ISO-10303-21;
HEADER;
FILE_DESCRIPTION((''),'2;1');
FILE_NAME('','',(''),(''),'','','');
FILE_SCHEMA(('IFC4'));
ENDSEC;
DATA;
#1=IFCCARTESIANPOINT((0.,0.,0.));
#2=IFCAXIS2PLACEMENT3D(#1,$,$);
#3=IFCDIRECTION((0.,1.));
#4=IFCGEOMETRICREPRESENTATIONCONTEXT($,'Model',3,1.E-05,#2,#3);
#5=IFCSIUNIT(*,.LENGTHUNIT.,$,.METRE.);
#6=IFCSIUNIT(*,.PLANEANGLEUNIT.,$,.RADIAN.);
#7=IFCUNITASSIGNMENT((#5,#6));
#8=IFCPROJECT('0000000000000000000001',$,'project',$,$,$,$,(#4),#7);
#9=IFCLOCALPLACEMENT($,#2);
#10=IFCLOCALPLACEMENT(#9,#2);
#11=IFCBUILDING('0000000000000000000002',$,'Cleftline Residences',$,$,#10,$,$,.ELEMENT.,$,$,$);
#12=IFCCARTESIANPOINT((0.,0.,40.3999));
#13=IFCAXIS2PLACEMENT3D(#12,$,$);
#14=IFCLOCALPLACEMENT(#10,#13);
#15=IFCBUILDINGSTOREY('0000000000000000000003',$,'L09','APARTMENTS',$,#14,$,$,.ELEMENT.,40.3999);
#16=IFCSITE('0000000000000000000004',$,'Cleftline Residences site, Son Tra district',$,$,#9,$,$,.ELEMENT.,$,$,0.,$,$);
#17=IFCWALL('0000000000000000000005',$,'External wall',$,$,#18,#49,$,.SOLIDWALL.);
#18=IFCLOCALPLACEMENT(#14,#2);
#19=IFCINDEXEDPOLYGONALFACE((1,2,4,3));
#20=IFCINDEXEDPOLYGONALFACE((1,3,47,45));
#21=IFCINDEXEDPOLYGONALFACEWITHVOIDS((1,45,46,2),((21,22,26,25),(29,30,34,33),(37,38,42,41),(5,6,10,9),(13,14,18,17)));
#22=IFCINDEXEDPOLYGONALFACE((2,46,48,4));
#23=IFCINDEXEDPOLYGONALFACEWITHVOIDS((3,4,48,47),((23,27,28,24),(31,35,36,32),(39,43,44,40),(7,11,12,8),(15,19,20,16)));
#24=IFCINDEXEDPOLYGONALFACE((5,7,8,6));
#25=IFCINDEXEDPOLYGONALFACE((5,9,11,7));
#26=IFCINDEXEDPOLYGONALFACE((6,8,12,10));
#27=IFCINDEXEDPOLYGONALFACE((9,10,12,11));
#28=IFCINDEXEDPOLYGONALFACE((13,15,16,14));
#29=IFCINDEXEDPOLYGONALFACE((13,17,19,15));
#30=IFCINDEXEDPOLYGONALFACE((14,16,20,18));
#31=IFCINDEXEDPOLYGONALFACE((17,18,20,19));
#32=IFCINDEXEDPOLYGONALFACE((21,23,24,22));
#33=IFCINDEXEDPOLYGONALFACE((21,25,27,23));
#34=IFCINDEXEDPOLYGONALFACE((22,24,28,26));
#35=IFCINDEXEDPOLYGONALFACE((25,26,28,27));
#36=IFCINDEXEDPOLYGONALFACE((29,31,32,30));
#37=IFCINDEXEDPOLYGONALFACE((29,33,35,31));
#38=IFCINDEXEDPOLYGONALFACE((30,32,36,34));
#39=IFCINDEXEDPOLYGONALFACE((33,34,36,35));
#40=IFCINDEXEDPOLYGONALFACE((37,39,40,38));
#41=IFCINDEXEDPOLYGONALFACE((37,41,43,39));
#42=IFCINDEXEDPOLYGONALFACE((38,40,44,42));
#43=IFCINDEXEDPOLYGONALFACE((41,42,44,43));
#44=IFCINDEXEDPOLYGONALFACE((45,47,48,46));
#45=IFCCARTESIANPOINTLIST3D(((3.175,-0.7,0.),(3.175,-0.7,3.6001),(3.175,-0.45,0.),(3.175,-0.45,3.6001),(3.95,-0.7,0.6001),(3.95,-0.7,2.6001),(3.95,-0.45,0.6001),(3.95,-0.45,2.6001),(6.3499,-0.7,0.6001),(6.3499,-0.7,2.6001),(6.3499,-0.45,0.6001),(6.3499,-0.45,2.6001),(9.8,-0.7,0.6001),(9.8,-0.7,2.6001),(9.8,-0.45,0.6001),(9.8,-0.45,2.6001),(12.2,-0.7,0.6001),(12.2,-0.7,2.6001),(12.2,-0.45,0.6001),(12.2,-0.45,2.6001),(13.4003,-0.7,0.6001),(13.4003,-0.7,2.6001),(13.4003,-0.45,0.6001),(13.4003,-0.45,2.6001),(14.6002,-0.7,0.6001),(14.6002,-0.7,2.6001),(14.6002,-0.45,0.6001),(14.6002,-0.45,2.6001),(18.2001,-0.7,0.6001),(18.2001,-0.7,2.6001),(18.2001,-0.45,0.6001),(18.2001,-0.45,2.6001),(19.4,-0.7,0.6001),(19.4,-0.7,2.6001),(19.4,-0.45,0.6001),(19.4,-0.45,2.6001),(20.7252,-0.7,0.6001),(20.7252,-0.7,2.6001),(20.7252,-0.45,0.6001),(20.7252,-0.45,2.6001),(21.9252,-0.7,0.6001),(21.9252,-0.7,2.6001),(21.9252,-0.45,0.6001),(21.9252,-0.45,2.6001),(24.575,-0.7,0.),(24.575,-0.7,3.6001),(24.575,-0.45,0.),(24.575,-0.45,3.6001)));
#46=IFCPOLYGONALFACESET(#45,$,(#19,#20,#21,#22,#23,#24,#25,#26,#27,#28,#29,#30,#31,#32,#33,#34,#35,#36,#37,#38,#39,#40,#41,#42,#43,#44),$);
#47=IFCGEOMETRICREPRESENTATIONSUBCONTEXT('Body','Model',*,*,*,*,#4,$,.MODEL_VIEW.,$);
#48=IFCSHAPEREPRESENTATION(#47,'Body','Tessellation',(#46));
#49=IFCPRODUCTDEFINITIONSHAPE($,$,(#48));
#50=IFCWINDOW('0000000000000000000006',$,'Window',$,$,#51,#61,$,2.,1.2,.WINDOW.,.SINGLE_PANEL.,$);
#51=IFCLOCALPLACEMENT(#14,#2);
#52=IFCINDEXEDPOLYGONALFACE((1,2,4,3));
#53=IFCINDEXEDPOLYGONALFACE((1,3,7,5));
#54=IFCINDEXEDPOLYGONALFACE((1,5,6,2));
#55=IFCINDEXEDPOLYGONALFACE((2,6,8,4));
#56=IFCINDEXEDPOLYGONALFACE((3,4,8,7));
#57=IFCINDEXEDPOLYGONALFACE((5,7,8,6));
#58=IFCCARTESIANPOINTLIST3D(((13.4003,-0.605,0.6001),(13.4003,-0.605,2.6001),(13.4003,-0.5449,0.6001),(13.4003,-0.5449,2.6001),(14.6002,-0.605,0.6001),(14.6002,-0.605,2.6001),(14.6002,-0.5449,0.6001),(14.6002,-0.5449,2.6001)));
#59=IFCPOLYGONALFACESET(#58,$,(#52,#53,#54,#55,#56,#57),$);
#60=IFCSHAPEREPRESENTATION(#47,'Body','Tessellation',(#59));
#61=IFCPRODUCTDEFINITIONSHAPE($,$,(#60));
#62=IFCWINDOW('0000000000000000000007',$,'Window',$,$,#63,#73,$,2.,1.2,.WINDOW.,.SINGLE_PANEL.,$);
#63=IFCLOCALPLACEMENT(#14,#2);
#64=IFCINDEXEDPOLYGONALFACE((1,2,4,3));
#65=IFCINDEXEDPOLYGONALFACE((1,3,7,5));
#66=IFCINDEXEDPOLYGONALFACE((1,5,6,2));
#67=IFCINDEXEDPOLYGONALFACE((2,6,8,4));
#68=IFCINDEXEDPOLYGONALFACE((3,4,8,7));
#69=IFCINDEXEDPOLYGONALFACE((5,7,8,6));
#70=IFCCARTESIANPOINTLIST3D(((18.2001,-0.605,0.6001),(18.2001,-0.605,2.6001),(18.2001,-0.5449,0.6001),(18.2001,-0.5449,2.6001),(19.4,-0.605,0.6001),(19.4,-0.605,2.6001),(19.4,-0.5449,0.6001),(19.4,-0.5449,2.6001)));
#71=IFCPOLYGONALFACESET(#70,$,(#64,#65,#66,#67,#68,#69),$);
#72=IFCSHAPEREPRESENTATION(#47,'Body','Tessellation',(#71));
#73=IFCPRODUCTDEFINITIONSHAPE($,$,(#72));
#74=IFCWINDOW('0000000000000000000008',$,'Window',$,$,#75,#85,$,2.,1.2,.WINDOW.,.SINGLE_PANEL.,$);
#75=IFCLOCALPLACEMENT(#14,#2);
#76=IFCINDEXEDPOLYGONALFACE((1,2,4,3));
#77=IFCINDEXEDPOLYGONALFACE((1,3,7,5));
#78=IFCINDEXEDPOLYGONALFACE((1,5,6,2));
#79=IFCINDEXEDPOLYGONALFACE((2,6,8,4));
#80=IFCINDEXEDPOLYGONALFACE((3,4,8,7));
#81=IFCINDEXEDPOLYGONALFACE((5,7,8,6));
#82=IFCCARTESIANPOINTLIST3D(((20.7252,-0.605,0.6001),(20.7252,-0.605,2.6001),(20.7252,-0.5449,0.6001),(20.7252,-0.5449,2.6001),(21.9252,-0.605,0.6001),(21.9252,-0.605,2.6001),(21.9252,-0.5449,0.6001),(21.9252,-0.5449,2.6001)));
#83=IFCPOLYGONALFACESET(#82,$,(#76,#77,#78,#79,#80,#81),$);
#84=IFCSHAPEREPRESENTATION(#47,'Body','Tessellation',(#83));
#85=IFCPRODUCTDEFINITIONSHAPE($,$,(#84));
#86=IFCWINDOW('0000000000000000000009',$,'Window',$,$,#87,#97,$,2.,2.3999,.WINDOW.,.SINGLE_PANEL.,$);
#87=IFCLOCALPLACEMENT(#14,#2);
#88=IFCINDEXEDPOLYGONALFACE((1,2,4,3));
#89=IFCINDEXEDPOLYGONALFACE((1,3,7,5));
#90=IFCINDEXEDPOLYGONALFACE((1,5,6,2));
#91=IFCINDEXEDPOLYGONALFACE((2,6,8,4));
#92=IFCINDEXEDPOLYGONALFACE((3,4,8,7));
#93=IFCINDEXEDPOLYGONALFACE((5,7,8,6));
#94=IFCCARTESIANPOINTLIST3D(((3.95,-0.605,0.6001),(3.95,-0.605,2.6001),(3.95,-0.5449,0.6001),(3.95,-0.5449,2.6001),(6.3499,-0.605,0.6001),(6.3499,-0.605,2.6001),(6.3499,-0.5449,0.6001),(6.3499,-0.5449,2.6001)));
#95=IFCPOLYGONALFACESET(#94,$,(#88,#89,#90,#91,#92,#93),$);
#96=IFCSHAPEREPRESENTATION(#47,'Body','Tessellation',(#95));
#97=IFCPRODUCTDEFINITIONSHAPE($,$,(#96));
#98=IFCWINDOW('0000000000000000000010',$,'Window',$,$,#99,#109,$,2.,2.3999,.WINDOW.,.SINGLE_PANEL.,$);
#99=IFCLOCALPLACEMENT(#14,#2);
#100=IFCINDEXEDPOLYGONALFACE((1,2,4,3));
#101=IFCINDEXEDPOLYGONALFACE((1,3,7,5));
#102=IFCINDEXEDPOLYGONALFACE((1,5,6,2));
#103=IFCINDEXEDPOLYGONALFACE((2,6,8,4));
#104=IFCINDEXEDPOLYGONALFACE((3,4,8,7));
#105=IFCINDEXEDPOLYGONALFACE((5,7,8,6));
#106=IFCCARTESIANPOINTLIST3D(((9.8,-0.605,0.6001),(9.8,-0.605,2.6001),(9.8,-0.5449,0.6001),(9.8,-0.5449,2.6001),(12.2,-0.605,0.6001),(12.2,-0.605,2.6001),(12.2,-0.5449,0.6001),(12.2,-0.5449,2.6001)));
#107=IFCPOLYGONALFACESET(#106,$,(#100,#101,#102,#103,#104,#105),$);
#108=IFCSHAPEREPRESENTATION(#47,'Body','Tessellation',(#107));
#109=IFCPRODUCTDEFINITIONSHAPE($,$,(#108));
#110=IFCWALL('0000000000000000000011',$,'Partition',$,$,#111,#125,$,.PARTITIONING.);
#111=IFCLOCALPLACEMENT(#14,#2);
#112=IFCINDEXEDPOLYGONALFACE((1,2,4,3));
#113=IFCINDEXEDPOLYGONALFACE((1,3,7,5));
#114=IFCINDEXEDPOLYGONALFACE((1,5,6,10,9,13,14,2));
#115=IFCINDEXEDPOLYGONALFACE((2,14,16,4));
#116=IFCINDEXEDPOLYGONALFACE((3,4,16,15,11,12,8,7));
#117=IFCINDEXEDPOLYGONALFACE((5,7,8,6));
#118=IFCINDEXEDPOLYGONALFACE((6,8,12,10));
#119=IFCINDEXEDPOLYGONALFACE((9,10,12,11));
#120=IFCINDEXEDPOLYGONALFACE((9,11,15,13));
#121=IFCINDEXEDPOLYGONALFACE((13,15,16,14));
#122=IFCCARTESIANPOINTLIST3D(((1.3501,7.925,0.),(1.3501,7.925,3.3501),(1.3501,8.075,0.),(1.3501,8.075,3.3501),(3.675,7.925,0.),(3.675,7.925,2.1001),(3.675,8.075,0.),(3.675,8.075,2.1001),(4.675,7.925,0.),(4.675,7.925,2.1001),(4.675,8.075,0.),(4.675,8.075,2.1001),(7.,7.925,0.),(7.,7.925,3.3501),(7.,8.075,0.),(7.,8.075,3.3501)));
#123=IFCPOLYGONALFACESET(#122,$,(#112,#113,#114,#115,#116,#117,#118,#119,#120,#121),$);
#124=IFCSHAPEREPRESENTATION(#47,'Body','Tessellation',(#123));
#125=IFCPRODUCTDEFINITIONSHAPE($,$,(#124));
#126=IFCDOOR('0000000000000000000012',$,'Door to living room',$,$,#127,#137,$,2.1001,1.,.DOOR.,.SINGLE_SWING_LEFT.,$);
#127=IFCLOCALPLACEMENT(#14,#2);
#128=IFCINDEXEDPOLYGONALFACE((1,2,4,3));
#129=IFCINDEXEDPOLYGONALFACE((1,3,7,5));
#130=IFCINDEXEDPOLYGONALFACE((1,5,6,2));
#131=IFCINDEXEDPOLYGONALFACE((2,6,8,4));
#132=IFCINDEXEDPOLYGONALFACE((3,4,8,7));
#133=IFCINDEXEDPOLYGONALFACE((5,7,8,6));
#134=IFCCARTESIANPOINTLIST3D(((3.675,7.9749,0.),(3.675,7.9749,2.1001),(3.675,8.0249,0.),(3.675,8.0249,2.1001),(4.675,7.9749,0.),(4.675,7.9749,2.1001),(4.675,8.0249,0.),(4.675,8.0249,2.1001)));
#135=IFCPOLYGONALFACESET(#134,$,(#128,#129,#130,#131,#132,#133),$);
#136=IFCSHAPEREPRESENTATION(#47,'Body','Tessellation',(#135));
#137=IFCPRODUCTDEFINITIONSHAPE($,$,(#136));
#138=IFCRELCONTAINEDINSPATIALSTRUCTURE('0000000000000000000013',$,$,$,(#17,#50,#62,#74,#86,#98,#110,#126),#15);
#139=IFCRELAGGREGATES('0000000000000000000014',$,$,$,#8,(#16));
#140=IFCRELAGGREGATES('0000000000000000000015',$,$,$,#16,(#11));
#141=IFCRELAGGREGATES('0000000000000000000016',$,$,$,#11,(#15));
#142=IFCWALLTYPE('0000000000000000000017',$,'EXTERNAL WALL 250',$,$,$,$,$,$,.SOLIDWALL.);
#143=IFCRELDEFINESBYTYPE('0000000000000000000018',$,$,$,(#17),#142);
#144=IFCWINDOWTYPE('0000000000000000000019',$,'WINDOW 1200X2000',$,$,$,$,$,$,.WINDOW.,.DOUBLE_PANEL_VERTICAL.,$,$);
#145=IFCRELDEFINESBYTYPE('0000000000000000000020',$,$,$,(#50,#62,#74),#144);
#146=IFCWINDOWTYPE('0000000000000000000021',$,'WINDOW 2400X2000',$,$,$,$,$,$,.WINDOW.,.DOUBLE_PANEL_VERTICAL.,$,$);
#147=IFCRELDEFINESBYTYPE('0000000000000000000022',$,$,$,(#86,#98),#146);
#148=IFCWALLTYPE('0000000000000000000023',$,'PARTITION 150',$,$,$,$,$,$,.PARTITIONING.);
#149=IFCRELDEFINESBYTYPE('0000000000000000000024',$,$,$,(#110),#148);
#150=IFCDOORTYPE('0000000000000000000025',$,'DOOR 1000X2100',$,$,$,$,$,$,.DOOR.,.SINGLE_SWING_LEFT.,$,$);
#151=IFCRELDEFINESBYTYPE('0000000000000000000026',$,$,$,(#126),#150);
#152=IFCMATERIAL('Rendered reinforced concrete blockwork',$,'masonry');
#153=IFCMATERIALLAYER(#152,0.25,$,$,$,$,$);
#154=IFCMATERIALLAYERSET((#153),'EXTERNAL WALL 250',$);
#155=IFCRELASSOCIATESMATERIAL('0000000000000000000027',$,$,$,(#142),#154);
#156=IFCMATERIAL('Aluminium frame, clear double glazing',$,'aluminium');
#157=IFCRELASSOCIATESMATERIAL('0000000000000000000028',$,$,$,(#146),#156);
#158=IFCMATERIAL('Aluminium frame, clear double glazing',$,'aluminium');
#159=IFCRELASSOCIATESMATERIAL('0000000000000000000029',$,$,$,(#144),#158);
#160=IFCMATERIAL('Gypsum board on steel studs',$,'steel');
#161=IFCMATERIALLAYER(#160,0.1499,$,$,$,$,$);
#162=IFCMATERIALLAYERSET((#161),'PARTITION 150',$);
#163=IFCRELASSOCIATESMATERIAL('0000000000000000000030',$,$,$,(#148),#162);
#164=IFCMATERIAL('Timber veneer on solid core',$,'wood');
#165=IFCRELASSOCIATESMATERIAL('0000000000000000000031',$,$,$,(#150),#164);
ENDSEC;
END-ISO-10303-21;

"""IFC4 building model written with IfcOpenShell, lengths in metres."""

from ifc_helpers import new_model, si_unit, direction, frame, frame_2d, origin, place, context, subcontext, project, spatial, rectangle, extrude, material, layer, layer_set, type_object, element, fill, save


model = new_model("IFC4")

# Units and contexts
model_context = context("Model", 3, precision=1e-05, world=origin(), true_north=direction((0.0, 1.0)))
body_context = subcontext(model_context, "Body", "Model", "MODEL_VIEW")
ifc_project = project(units=[si_unit("LENGTHUNIT", "METRE"), si_unit("PLANEANGLEUNIT", "RADIAN")], contexts=[model_context])

# Site, building, storey
site_placement = place(None, origin())
site = spatial("IfcSite", under=ifc_project, at=site_placement, Name="Cleftline Residences site, Son Tra district", CompositionType="ELEMENT", RefElevation=0.0)
building_placement = place(site_placement, origin())
building = spatial("IfcBuilding", under=site, at=building_placement, Name="Cleftline Residences", CompositionType="ELEMENT")
storey_placement = place(building_placement, frame((0.0, 0.0, 40.3999)))
storey = spatial("IfcBuildingStorey", under=building, at=storey_placement, Name="L09", Description="APARTMENTS", CompositionType="ELEMENT", Elevation=40.3999)

# Shared definitions
ifc_material_1 = material(Name="Rendered reinforced concrete blockwork", Category="masonry")
ifc_layer_1 = layer(ifc_material_1, 0.25)
ifc_layer_set_1 = layer_set([ifc_layer_1], Name="EXTERNAL WALL 250")
wall_type_1 = type_object("IfcWallType", Name="EXTERNAL WALL 250", PredefinedType="SOLIDWALL", material=ifc_layer_set_1)
ifc_material_2 = material(Name="Aluminium frame, clear double glazing", Category="aluminium")
window_type_1 = type_object("IfcWindowType", Name="WINDOW 2400X2000", PartitioningType="DOUBLE_PANEL_VERTICAL", PredefinedType="WINDOW", material=ifc_material_2)

# Wall, openings, windows
wall_1_placement = place(storey_placement, frame((3.175, -0.575, 0.0), z_axis=(0.0, 0.0, 1.0), x_axis=(1.0, 0.0, 0.0)))
wall_1 = element("IfcWall", 1, at=wall_1_placement, inside=storey, type_object=wall_type_1, Name="External wall", PredefinedType="SOLIDWALL", context=body_context, shape_type="SweptSolid", body=[
    extrude(rectangle(XDim=21.3999, YDim=0.25, at=frame_2d((10.7, 0.0))), origin(), (0.0, 0.0, 1.0), 3.6001),
])
opening_1_placement = place(wall_1_placement, frame((0.7749, 0.0, 0.6001)))
opening_1 = element("IfcOpeningElement", 2, at=opening_1_placement, cuts=wall_1, PredefinedType="OPENING", context=body_context, shape_type="SweptSolid", body=[
    extrude(rectangle(XDim=2.3999, YDim=2.0, at=frame_2d((1.2, 1.0))), frame((0.0, 0.135, 0.0), z_axis=(0.0, -1.0, 0.0), x_axis=(1.0, 0.0, 0.0)), (0.0, 0.0, 1.0), 0.27),
])
opening_2_placement = place(wall_1_placement, frame((6.625, 0.0, 0.6001)))
opening_2 = element("IfcOpeningElement", 3, at=opening_2_placement, cuts=wall_1, PredefinedType="OPENING", context=body_context, shape_type="SweptSolid", body=[
    extrude(rectangle(XDim=2.3999, YDim=2.0, at=frame_2d((1.2, 1.0))), frame((0.0, 0.135, 0.0), z_axis=(0.0, -1.0, 0.0), x_axis=(1.0, 0.0, 0.0)), (0.0, 0.0, 1.0), 0.27),
])
opening_3_placement = place(wall_1_placement, frame((10.2251, 0.0, 0.6001)))
opening_3 = element("IfcOpeningElement", 4, at=opening_3_placement, cuts=wall_1, PredefinedType="OPENING", context=body_context, shape_type="SweptSolid", body=[
    extrude(rectangle(XDim=1.2, YDim=2.0, at=frame_2d((0.6001, 1.0))), frame((0.0, 0.135, 0.0), z_axis=(0.0, -1.0, 0.0), x_axis=(1.0, 0.0, 0.0)), (0.0, 0.0, 1.0), 0.27),
])
opening_4_placement = place(wall_1_placement, frame((15.0249, 0.0, 0.6001)))
opening_4 = element("IfcOpeningElement", 5, at=opening_4_placement, cuts=wall_1, PredefinedType="OPENING", context=body_context, shape_type="SweptSolid", body=[
    extrude(rectangle(XDim=1.2, YDim=2.0, at=frame_2d((0.6001, 1.0))), frame((0.0, 0.135, 0.0), z_axis=(0.0, -1.0, 0.0), x_axis=(1.0, 0.0, 0.0)), (0.0, 0.0, 1.0), 0.27),
])
opening_5_placement = place(wall_1_placement, frame((17.55, 0.0, 0.6001)))
opening_5 = element("IfcOpeningElement", 6, at=opening_5_placement, cuts=wall_1, PredefinedType="OPENING", context=body_context, shape_type="SweptSolid", body=[
    extrude(rectangle(XDim=1.2, YDim=2.0, at=frame_2d((0.6001, 1.0))), frame((0.0, 0.135, 0.0), z_axis=(0.0, -1.0, 0.0), x_axis=(1.0, 0.0, 0.0)), (0.0, 0.0, 1.0), 0.27),
])
ifc_material_3 = material(Name="Aluminium frame, clear double glazing", Category="aluminium")
window_type_2 = type_object("IfcWindowType", Name="WINDOW 1200X2000", PartitioningType="DOUBLE_PANEL_VERTICAL", PredefinedType="WINDOW", material=ifc_material_3)
window_1_placement = place(opening_3_placement, origin())
window_1 = element("IfcWindow", 7, at=window_1_placement, inside=storey, type_object=window_type_2, Name="Window", OverallHeight=2.0, OverallWidth=1.2, PartitioningType="SINGLE_PANEL", PredefinedType="WINDOW", context=body_context, shape_type="SweptSolid", body=[
    extrude(rectangle(XDim=1.2, YDim=2.0, at=frame_2d((0.6001, 1.0))), frame((0.0, 0.03, 0.0), z_axis=(0.0, -1.0, 0.0), x_axis=(1.0, 0.0, 0.0)), (0.0, 0.0, 1.0), 0.0601),
])
fill(opening_3, window_1)
window_2_placement = place(opening_4_placement, origin())
window_2 = element("IfcWindow", 8, at=window_2_placement, inside=storey, type_object=window_type_2, Name="Window", OverallHeight=2.0, OverallWidth=1.2, PartitioningType="SINGLE_PANEL", PredefinedType="WINDOW", context=body_context, shape_type="SweptSolid", body=[
    extrude(rectangle(XDim=1.2, YDim=2.0, at=frame_2d((0.6001, 1.0))), frame((0.0, 0.03, 0.0), z_axis=(0.0, -1.0, 0.0), x_axis=(1.0, 0.0, 0.0)), (0.0, 0.0, 1.0), 0.0601),
])
fill(opening_4, window_2)
window_3_placement = place(opening_5_placement, origin())
window_3 = element("IfcWindow", 9, at=window_3_placement, inside=storey, type_object=window_type_2, Name="Window", OverallHeight=2.0, OverallWidth=1.2, PartitioningType="SINGLE_PANEL", PredefinedType="WINDOW", context=body_context, shape_type="SweptSolid", body=[
    extrude(rectangle(XDim=1.2, YDim=2.0, at=frame_2d((0.6001, 1.0))), frame((0.0, 0.03, 0.0), z_axis=(0.0, -1.0, 0.0), x_axis=(1.0, 0.0, 0.0)), (0.0, 0.0, 1.0), 0.0601),
])
fill(opening_5, window_3)
window_4_placement = place(opening_1_placement, origin())
window_4 = element("IfcWindow", 10, at=window_4_placement, inside=storey, type_object=window_type_1, Name="Window", OverallHeight=2.0, OverallWidth=2.3999, PartitioningType="SINGLE_PANEL", PredefinedType="WINDOW", context=body_context, shape_type="SweptSolid", body=[
    extrude(rectangle(XDim=2.3999, YDim=2.0, at=frame_2d((1.2, 1.0))), frame((0.0, 0.03, 0.0), z_axis=(0.0, -1.0, 0.0), x_axis=(1.0, 0.0, 0.0)), (0.0, 0.0, 1.0), 0.0601),
])
fill(opening_1, window_4)
window_5_placement = place(opening_2_placement, origin())
window_5 = element("IfcWindow", 11, at=window_5_placement, inside=storey, type_object=window_type_1, Name="Window", OverallHeight=2.0, OverallWidth=2.3999, PartitioningType="SINGLE_PANEL", PredefinedType="WINDOW", context=body_context, shape_type="SweptSolid", body=[
    extrude(rectangle(XDim=2.3999, YDim=2.0, at=frame_2d((1.2, 1.0))), frame((0.0, 0.03, 0.0), z_axis=(0.0, -1.0, 0.0), x_axis=(1.0, 0.0, 0.0)), (0.0, 0.0, 1.0), 0.0601),
])
fill(opening_2, window_5)

# Wall, opening, door
ifc_material_4 = material(Name="Gypsum board on steel studs", Category="steel")
ifc_layer_2 = layer(ifc_material_4, 0.1499)
ifc_layer_set_2 = layer_set([ifc_layer_2], Name="PARTITION 150")
wall_type_2 = type_object("IfcWallType", Name="PARTITION 150", PredefinedType="PARTITIONING", material=ifc_layer_set_2)
wall_2_placement = place(storey_placement, frame((1.3501, 8.0, 0.0), z_axis=(0.0, 0.0, 1.0), x_axis=(1.0, 0.0, 0.0)))
wall_2 = element("IfcWall", 12, at=wall_2_placement, inside=storey, type_object=wall_type_2, Name="Partition", PredefinedType="PARTITIONING", context=body_context, shape_type="SweptSolid", body=[
    extrude(rectangle(XDim=5.6499, YDim=0.1499, at=frame_2d((2.825, 0.0))), origin(), (0.0, 0.0, 1.0), 3.3501),
])
opening_6_placement = place(wall_2_placement, frame((2.325, 0.0, 0.0)))
opening_6 = element("IfcOpeningElement", 13, at=opening_6_placement, cuts=wall_2, PredefinedType="OPENING", context=body_context, shape_type="SweptSolid", body=[
    extrude(rectangle(XDim=1.0, YDim=2.1001, at=frame_2d((0.5, 1.05))), frame((0.0, 0.085, 0.0), z_axis=(0.0, -1.0, 0.0), x_axis=(1.0, 0.0, 0.0)), (0.0, 0.0, 1.0), 0.1699),
])
ifc_material_5 = material(Name="Timber veneer on solid core", Category="wood")
door_type = type_object("IfcDoorType", Name="DOOR 1000X2100", OperationType="SINGLE_SWING_LEFT", PredefinedType="DOOR", material=ifc_material_5)
door_placement = place(opening_6_placement, origin())
door = element("IfcDoor", 14, at=door_placement, inside=storey, type_object=door_type, Name="Door to living room", OperationType="SINGLE_SWING_LEFT", OverallHeight=2.1001, OverallWidth=1.0, PredefinedType="DOOR", context=body_context, shape_type="SweptSolid", body=[
    extrude(rectangle(XDim=1.0, YDim=2.1001, at=frame_2d((0.5, 1.05))), frame((0.0, 0.0249, 0.0), z_axis=(0.0, -1.0, 0.0), x_axis=(1.0, 0.0, 0.0)), (0.0, 0.0, 1.0), 0.05),
])
fill(opening_6, door)

save(model, "model.ifc")
